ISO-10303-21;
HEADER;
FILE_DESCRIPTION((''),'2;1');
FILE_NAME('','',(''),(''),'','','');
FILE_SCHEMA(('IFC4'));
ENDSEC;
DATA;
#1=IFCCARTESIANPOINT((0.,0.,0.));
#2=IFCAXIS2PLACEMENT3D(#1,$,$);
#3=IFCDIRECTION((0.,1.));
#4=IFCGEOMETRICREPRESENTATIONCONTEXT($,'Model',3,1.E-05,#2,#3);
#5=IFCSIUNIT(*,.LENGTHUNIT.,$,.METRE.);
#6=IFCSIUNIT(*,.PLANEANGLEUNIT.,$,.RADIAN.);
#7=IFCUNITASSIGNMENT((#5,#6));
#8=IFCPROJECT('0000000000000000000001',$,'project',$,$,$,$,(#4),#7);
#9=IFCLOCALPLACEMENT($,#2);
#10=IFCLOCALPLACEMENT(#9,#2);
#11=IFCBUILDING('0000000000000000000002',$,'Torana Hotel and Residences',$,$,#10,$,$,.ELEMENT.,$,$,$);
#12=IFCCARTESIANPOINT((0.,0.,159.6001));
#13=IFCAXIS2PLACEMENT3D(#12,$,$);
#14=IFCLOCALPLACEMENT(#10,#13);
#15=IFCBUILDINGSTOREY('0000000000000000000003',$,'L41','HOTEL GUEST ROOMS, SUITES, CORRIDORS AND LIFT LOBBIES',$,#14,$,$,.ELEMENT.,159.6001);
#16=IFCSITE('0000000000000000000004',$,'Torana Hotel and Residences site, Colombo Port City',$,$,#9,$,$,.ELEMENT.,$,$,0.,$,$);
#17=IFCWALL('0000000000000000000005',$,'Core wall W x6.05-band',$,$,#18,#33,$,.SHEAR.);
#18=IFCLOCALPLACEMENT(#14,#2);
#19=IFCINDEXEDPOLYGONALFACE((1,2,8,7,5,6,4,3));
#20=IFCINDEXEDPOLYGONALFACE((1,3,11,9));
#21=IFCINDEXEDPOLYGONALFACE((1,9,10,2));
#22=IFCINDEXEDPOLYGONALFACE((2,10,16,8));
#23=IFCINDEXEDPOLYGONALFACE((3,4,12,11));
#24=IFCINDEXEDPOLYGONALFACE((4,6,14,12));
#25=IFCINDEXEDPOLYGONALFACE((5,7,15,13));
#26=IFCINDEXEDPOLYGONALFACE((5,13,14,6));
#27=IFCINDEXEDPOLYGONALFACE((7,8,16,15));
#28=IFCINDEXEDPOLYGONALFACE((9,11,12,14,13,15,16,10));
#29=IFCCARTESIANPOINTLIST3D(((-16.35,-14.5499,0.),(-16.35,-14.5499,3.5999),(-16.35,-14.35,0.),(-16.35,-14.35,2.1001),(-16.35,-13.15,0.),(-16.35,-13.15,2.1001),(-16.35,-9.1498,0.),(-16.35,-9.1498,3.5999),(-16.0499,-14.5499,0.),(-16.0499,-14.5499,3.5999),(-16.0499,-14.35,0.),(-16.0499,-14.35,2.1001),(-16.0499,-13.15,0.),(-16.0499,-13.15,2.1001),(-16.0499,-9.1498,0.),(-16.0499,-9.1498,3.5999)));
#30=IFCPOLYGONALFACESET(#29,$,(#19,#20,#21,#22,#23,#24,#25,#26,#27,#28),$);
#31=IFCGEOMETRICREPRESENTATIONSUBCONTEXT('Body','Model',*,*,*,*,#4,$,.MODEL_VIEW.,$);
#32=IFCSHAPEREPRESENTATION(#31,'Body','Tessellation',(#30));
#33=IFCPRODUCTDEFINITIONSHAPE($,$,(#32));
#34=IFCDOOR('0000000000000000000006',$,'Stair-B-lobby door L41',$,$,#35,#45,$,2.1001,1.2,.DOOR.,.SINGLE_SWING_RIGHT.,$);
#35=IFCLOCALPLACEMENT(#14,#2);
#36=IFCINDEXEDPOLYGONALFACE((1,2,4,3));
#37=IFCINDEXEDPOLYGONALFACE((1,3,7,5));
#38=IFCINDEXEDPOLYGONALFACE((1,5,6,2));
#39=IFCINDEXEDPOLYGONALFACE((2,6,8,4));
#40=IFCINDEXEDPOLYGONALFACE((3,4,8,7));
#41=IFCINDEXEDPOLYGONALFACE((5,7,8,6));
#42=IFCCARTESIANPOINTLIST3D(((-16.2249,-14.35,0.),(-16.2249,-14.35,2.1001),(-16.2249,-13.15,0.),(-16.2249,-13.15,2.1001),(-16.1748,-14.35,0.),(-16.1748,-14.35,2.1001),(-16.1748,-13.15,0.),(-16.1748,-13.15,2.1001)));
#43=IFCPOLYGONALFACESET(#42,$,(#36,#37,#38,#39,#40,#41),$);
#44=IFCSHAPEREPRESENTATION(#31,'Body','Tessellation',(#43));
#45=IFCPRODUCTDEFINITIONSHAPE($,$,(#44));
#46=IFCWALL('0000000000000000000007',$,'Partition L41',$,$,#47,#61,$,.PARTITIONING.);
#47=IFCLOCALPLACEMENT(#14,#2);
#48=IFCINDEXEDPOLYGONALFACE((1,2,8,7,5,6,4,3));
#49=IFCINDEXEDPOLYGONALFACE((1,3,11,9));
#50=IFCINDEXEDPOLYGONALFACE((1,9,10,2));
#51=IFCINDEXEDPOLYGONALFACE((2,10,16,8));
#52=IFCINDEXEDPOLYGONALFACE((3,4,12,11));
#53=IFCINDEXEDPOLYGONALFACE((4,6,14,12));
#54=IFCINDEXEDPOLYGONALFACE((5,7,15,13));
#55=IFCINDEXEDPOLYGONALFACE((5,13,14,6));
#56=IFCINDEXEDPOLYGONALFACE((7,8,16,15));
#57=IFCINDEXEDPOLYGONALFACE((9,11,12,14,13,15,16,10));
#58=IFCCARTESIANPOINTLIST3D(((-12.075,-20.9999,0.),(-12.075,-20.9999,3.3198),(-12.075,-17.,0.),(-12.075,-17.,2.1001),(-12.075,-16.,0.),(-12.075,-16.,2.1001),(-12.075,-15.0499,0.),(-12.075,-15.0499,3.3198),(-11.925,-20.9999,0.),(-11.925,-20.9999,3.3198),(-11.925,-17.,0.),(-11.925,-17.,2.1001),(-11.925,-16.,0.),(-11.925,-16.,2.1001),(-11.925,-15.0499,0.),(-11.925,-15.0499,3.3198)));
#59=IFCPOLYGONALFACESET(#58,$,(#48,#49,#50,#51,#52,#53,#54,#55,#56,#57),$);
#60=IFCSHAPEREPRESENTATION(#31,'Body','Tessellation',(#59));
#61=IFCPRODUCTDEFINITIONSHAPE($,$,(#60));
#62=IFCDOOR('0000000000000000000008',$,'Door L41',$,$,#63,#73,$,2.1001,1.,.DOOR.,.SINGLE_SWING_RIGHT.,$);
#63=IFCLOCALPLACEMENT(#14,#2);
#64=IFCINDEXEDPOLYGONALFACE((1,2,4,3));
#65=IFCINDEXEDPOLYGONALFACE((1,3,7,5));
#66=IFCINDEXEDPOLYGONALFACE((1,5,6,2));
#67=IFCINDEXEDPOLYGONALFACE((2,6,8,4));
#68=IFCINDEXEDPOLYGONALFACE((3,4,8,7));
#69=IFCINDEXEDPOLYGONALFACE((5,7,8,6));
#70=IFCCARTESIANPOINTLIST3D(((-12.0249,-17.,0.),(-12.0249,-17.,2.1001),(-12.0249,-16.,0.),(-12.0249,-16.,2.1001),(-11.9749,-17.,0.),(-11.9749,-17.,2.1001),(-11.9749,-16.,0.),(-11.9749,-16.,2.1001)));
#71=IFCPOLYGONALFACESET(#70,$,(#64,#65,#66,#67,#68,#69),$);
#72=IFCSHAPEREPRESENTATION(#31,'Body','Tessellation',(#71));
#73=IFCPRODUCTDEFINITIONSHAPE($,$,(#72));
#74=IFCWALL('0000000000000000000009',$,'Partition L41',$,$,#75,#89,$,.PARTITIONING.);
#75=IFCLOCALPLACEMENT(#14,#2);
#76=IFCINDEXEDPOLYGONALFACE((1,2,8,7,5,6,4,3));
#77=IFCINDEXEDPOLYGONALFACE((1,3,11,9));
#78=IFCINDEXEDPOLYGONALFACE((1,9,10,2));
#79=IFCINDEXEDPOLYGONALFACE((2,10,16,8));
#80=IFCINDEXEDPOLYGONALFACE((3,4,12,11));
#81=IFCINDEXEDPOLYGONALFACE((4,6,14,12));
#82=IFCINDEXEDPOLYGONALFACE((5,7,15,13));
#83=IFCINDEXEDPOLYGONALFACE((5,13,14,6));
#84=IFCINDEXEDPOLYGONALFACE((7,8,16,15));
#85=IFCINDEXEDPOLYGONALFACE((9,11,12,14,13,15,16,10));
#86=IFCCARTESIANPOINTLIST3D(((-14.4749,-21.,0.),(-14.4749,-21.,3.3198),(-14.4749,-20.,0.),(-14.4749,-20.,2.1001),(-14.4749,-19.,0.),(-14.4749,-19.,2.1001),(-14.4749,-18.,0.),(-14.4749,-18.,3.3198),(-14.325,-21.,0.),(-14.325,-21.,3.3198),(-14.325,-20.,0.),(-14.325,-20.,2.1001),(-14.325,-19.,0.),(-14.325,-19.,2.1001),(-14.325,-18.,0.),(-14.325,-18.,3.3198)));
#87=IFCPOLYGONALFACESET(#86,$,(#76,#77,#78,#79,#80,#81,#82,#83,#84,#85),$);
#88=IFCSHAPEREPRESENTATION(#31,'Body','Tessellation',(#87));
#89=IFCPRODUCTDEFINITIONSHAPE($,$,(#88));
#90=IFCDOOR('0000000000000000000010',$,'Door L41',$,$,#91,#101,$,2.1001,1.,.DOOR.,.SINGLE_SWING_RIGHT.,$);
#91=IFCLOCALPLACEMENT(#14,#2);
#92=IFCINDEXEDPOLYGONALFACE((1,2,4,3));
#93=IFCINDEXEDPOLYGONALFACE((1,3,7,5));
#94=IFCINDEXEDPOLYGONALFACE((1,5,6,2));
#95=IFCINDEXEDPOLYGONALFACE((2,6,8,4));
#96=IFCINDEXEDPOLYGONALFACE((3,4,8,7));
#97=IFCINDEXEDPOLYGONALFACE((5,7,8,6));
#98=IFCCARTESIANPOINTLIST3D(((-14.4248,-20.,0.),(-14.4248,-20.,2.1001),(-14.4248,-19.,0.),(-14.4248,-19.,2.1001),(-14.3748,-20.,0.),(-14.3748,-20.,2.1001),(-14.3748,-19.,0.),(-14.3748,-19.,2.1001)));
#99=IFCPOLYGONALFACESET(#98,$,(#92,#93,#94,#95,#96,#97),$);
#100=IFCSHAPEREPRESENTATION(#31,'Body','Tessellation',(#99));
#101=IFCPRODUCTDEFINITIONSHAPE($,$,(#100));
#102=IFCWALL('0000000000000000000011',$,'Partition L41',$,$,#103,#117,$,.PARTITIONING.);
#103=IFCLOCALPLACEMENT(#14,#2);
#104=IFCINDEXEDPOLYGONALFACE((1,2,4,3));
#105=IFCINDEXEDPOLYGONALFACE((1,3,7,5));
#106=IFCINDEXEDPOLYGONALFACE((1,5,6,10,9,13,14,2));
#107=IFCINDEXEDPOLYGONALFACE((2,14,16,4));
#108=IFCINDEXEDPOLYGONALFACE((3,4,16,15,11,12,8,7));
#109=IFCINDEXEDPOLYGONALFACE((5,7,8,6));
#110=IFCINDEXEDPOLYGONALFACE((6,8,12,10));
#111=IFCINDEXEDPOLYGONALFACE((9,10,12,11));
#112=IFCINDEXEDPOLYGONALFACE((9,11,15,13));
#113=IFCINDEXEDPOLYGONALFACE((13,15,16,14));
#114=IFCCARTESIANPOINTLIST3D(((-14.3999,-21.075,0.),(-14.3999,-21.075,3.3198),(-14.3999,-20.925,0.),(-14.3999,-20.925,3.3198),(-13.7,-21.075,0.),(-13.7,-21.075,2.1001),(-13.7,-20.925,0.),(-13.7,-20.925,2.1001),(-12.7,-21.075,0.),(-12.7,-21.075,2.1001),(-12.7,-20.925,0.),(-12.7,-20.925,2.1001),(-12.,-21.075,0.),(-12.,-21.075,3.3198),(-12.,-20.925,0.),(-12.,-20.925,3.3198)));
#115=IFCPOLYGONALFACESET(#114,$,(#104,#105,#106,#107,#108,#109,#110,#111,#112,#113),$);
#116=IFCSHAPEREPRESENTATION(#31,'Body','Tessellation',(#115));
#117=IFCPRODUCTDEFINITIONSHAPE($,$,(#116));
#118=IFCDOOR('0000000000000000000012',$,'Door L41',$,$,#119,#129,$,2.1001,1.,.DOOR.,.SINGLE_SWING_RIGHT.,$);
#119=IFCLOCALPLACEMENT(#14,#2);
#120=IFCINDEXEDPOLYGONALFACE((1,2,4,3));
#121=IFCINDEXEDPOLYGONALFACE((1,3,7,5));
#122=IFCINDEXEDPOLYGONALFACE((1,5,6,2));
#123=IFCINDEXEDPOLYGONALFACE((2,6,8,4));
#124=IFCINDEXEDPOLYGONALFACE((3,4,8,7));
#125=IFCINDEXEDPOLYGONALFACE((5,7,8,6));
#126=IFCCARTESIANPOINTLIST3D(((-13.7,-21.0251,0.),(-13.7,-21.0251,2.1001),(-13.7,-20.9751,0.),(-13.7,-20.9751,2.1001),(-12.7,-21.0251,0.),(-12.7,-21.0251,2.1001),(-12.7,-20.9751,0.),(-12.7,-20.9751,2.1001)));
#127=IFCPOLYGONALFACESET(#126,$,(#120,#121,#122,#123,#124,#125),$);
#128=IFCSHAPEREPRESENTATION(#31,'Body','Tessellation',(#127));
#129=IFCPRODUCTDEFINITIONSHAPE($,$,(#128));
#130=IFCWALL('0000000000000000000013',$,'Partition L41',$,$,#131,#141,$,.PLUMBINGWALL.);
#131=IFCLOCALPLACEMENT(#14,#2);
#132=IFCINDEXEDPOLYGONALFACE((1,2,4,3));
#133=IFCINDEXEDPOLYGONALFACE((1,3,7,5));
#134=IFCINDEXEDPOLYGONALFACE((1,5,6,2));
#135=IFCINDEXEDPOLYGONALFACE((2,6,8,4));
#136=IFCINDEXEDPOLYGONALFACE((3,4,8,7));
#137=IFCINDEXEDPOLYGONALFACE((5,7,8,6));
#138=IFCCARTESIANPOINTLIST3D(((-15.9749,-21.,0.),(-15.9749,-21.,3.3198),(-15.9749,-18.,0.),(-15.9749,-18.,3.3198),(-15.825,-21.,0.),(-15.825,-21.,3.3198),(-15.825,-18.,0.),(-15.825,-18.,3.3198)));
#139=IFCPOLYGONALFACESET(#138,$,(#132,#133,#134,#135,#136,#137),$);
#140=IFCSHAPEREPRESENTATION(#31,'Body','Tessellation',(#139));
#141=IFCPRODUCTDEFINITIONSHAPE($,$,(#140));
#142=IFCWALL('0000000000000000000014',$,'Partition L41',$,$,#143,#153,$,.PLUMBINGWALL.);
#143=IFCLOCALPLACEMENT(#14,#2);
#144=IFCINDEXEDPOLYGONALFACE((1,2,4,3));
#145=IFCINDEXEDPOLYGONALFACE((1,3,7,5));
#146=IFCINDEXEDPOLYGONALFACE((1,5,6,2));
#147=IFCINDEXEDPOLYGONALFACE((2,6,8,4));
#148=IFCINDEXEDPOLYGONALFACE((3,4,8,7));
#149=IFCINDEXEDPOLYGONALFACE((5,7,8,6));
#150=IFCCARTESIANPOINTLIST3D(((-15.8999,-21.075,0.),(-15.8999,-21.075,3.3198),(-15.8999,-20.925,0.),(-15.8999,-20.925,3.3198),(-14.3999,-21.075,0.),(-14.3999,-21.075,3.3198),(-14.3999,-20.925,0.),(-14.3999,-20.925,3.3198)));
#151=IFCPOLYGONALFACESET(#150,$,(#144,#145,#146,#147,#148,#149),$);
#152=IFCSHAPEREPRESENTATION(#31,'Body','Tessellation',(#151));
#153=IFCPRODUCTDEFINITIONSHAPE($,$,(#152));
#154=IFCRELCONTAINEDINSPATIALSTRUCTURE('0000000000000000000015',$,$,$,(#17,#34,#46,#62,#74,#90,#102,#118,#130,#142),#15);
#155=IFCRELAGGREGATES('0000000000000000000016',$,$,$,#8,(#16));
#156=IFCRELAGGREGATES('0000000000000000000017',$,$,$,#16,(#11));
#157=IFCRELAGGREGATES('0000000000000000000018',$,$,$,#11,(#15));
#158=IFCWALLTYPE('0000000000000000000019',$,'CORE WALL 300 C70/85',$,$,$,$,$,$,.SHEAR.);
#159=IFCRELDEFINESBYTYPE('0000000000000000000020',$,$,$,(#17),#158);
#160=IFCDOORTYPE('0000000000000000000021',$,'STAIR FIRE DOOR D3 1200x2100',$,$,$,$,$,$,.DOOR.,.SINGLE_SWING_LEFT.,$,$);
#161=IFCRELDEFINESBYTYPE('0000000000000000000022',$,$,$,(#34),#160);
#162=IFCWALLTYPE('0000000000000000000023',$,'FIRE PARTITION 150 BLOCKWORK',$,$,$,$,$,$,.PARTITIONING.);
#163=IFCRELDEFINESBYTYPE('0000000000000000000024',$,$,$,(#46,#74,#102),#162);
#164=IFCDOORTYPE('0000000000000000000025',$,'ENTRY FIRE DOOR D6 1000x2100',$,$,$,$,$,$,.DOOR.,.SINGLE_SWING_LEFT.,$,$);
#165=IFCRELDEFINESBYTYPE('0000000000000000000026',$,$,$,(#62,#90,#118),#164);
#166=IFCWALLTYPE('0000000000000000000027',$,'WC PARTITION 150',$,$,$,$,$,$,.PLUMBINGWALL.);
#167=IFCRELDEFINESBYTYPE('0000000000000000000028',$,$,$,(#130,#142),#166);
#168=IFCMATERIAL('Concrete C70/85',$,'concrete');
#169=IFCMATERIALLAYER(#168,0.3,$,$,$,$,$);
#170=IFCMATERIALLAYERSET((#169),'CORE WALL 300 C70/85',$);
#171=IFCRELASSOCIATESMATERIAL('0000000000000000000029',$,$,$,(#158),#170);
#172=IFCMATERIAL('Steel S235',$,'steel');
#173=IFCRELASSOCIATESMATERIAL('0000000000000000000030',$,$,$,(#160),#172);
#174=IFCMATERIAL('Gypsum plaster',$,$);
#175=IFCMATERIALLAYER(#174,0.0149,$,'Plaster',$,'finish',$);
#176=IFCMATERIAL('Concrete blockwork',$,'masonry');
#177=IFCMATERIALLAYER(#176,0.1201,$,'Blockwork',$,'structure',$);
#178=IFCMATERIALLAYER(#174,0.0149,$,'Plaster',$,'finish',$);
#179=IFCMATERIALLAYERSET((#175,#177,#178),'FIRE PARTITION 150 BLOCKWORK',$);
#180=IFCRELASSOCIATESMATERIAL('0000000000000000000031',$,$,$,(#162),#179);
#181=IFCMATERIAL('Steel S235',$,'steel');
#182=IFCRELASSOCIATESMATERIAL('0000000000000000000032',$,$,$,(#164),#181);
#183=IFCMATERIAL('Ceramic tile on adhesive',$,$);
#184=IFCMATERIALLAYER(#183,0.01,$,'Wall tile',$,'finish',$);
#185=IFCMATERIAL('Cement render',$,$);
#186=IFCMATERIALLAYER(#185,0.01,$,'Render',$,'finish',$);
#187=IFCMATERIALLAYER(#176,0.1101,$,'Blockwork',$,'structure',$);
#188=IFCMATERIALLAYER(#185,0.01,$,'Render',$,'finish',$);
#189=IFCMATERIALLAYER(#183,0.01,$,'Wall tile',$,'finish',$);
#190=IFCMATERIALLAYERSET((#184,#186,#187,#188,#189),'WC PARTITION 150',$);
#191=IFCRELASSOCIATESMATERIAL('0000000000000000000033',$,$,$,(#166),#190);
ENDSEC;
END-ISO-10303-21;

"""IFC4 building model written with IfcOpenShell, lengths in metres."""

from ifc_helpers import new_model, si_unit, direction, frame, frame_2d, origin, place, context, subcontext, project, spatial, rectangle, extrude, material, layer, layer_set, type_object, element, fill, save


model = new_model("IFC4")

# Units and contexts
model_context = context("Model", 3, precision=1e-05, world=origin(), true_north=direction((0.0, 1.0)))
body_context = subcontext(model_context, "Body", "Model", "MODEL_VIEW")
ifc_project = project(units=[si_unit("LENGTHUNIT", "METRE"), si_unit("PLANEANGLEUNIT", "RADIAN")], contexts=[model_context])

# Site, building, storey
site_placement = place(None, origin())
site = spatial("IfcSite", under=ifc_project, at=site_placement, Name="Torana Hotel and Residences site, Colombo Port City", CompositionType="ELEMENT", RefElevation=0.0)
building_placement = place(site_placement, origin())
building = spatial("IfcBuilding", under=site, at=building_placement, Name="Torana Hotel and Residences", CompositionType="ELEMENT")
storey_placement = place(building_placement, frame((0.0, 0.0, 159.6001)))
storey = spatial("IfcBuildingStorey", under=building, at=storey_placement, Name="L41", Description="HOTEL GUEST ROOMS, SUITES, CORRIDORS AND LIFT LOBBIES", CompositionType="ELEMENT", Elevation=159.6001)

# Walls, openings, doors
ifc_material_1 = material(Name="Concrete C70/85", Category="concrete")
ifc_layer_1 = layer(ifc_material_1, 0.3)
ifc_layer_set_1 = layer_set([ifc_layer_1], Name="CORE WALL 300 C70/85")
wall_type_1 = type_object("IfcWallType", Name="CORE WALL 300 C70/85", PredefinedType="SHEAR", material=ifc_layer_set_1)
ifc_material_2 = material(Name="Steel S235", Category="steel")
door_type_1 = type_object("IfcDoorType", Name="STAIR FIRE DOOR D3 1200x2100", OperationType="SINGLE_SWING_LEFT", PredefinedType="DOOR", material=ifc_material_2)
wall_1_placement = place(storey_placement, frame((-16.2, -14.55, 0.0), z_axis=(0.0, 0.0, 1.0), x_axis=(0.0, 1.0, 0.0)))
wall_1 = element("IfcWall", 1, at=wall_1_placement, inside=storey, type_object=wall_type_1, Name="Core wall W x6.05-band", PredefinedType="SHEAR", context=body_context, shape_type="SweptSolid", body=[
    extrude(rectangle(XDim=5.4001, YDim=0.3, at=frame_2d((2.7002, 0.0))), origin(), (0.0, 0.0, 1.0), 3.5999),
])
opening_1_placement = place(wall_1_placement, frame((0.2, 0.0, 0.0)))
opening_1 = element("IfcOpeningElement", 2, at=opening_1_placement, cuts=wall_1, PredefinedType="OPENING", context=body_context, shape_type="SweptSolid", body=[
    extrude(rectangle(XDim=1.2, YDim=2.1001, at=frame_2d((0.6001, 1.05))), frame((0.0, 0.1599, 0.0), z_axis=(0.0, -1.0, 0.0), x_axis=(1.0, 0.0, 0.0)), (0.0, 0.0, 1.0), 0.3201),
])
door_1_placement = place(opening_1_placement, origin())
door_1 = element("IfcDoor", 3, at=door_1_placement, inside=storey, type_object=door_type_1, Name="Stair-B-lobby door L41", OperationType="SINGLE_SWING_RIGHT", OverallHeight=2.1001, OverallWidth=1.2, PredefinedType="DOOR", context=body_context, shape_type="SweptSolid", body=[
    extrude(rectangle(XDim=1.2, YDim=2.1001, at=frame_2d((0.6001, 1.05))), frame((0.0, 0.0249, 0.0), z_axis=(0.0, -1.0, 0.0), x_axis=(1.0, 0.0, 0.0)), (0.0, 0.0, 1.0), 0.05),
])
fill(opening_1, door_1)
ifc_material_3 = material(Name="Gypsum plaster")
ifc_layer_2 = layer(ifc_material_3, 0.0149, Name="Plaster", Category="finish")
ifc_material_4 = material(Name="Concrete blockwork", Category="masonry")
ifc_layer_3 = layer(ifc_material_4, 0.1201, Name="Blockwork", Category="structure")
ifc_layer_4 = layer(ifc_material_3, 0.0149, Name="Plaster", Category="finish")
ifc_layer_set_2 = layer_set([ifc_layer_2, ifc_layer_3, ifc_layer_4], Name="FIRE PARTITION 150 BLOCKWORK")
wall_type_2 = type_object("IfcWallType", Name="FIRE PARTITION 150 BLOCKWORK", PredefinedType="PARTITIONING", material=ifc_layer_set_2)
wall_2_placement = place(storey_placement, frame((-12.0, -21.0, 0.0), z_axis=(0.0, 0.0, 1.0), x_axis=(0.0, 1.0, 0.0)))
wall_2 = element("IfcWall", 4, at=wall_2_placement, inside=storey, type_object=wall_type_2, Name="Partition L41", PredefinedType="PARTITIONING", context=body_context, shape_type="SweptSolid", body=[
    extrude(rectangle(XDim=5.95, YDim=0.1499, at=frame_2d((2.9751, 0.0))), origin(), (0.0, 0.0, 1.0), 3.3198),
])
opening_2_placement = place(wall_2_placement, frame((4.0, 0.0, 0.0)))
opening_2 = element("IfcOpeningElement", 5, at=opening_2_placement, cuts=wall_2, PredefinedType="OPENING", context=body_context, shape_type="SweptSolid", body=[
    extrude(rectangle(XDim=1.0, YDim=2.1001, at=frame_2d((0.5, 1.05))), frame((0.0, 0.085, 0.0), z_axis=(0.0, -1.0, 0.0), x_axis=(1.0, 0.0, 0.0)), (0.0, 0.0, 1.0), 0.1699),
])
ifc_material_5 = material(Name="Steel S235", Category="steel")
door_type_2 = type_object("IfcDoorType", Name="ENTRY FIRE DOOR D6 1000x2100", OperationType="SINGLE_SWING_LEFT", PredefinedType="DOOR", material=ifc_material_5)
door_2_placement = place(opening_2_placement, origin())
door_2 = element("IfcDoor", 6, at=door_2_placement, inside=storey, type_object=door_type_2, Name="Door L41", OperationType="SINGLE_SWING_RIGHT", OverallHeight=2.1001, OverallWidth=1.0, PredefinedType="DOOR", context=body_context, shape_type="SweptSolid", body=[
    extrude(rectangle(XDim=1.0, YDim=2.1001, at=frame_2d((0.5, 1.05))), frame((0.0, 0.0249, 0.0), z_axis=(0.0, -1.0, 0.0), x_axis=(1.0, 0.0, 0.0)), (0.0, 0.0, 1.0), 0.05),
])
fill(opening_2, door_2)
wall_3_placement = place(storey_placement, frame((-14.3999, -21.0, 0.0), z_axis=(0.0, 0.0, 1.0), x_axis=(0.0, 1.0, 0.0)))
wall_3 = element("IfcWall", 7, at=wall_3_placement, inside=storey, type_object=wall_type_2, Name="Partition L41", PredefinedType="PARTITIONING", context=body_context, shape_type="SweptSolid", body=[
    extrude(rectangle(XDim=3.0, YDim=0.1499, at=frame_2d((1.5, 0.0))), origin(), (0.0, 0.0, 1.0), 3.3198),
])
opening_3_placement = place(wall_3_placement, frame((1.0, 0.0, 0.0)))
opening_3 = element("IfcOpeningElement", 8, at=opening_3_placement, cuts=wall_3, PredefinedType="OPENING", context=body_context, shape_type="SweptSolid", body=[
    extrude(rectangle(XDim=1.0, YDim=2.1001, at=frame_2d((0.5, 1.05))), frame((0.0, 0.085, 0.0), z_axis=(0.0, -1.0, 0.0), x_axis=(1.0, 0.0, 0.0)), (0.0, 0.0, 1.0), 0.1699),
])
door_3_placement = place(opening_3_placement, origin())
door_3 = element("IfcDoor", 9, at=door_3_placement, inside=storey, type_object=door_type_2, Name="Door L41", OperationType="SINGLE_SWING_RIGHT", OverallHeight=2.1001, OverallWidth=1.0, PredefinedType="DOOR", context=body_context, shape_type="SweptSolid", body=[
    extrude(rectangle(XDim=1.0, YDim=2.1001, at=frame_2d((0.5, 1.05))), frame((0.0, 0.0249, 0.0), z_axis=(0.0, -1.0, 0.0), x_axis=(1.0, 0.0, 0.0)), (0.0, 0.0, 1.0), 0.05),
])
fill(opening_3, door_3)
wall_4_placement = place(storey_placement, frame((-14.3999, -21.0, 0.0), z_axis=(0.0, 0.0, 1.0), x_axis=(1.0, 0.0, 0.0)))
wall_4 = element("IfcWall", 10, at=wall_4_placement, inside=storey, type_object=wall_type_2, Name="Partition L41", PredefinedType="PARTITIONING", context=body_context, shape_type="SweptSolid", body=[
    extrude(rectangle(XDim=2.3999, YDim=0.1499, at=frame_2d((1.2, 0.0))), origin(), (0.0, 0.0, 1.0), 3.3198),
])
opening_4_placement = place(wall_4_placement, frame((0.7, 0.0, 0.0)))
opening_4 = element("IfcOpeningElement", 11, at=opening_4_placement, cuts=wall_4, PredefinedType="OPENING", context=body_context, shape_type="SweptSolid", body=[
    extrude(rectangle(XDim=1.0, YDim=2.1001, at=frame_2d((0.5, 1.05))), frame((0.0, 0.085, 0.0), z_axis=(0.0, -1.0, 0.0), x_axis=(1.0, 0.0, 0.0)), (0.0, 0.0, 1.0), 0.1699),
])
door_4_placement = place(opening_4_placement, frame((0.5, 0.0, 0.0), z_axis=(0.0, 0.0, 1.0), x_axis=(-1.0, 0.0, 0.0)))
door_4 = element("IfcDoor", 12, at=door_4_placement, inside=storey, type_object=door_type_2, Name="Door L41", OperationType="SINGLE_SWING_RIGHT", OverallHeight=2.1001, OverallWidth=1.0, PredefinedType="DOOR", context=body_context, shape_type="SweptSolid", body=[
    extrude(rectangle(XDim=1.0, YDim=2.1001, at=frame_2d((0.0, 1.05))), frame((0.0, -0.0249, 0.0), z_axis=(0.0, 1.0, 0.0), x_axis=(-1.0, 0.0, 0.0)), (0.0, 0.0, 1.0), 0.05),
])
fill(opening_4, door_4)

# Walls
ifc_material_6 = material(Name="Ceramic tile on adhesive")
ifc_layer_5 = layer(ifc_material_6, 0.01, Name="Wall tile", Category="finish")
ifc_material_7 = material(Name="Cement render")
ifc_layer_6 = layer(ifc_material_7, 0.01, Name="Render", Category="finish")
ifc_layer_7 = layer(ifc_material_4, 0.1101, Name="Blockwork", Category="structure")
ifc_layer_8 = layer(ifc_material_7, 0.01, Name="Render", Category="finish")
ifc_layer_9 = layer(ifc_material_6, 0.01, Name="Wall tile", Category="finish")
ifc_layer_set_3 = layer_set([ifc_layer_5, ifc_layer_6, ifc_layer_7, ifc_layer_8, ifc_layer_9], Name="WC PARTITION 150")
wall_type_3 = type_object("IfcWallType", Name="WC PARTITION 150", PredefinedType="PLUMBINGWALL", material=ifc_layer_set_3)
wall_5_placement = place(storey_placement, frame((-15.8999, -21.0, 0.0), z_axis=(0.0, 0.0, 1.0), x_axis=(0.0, 1.0, 0.0)))
element("IfcWall", 13, at=wall_5_placement, inside=storey, type_object=wall_type_3, Name="Partition L41", PredefinedType="PLUMBINGWALL", context=body_context, shape_type="SweptSolid", body=[
    extrude(rectangle(XDim=3.0, YDim=0.1499, at=frame_2d((1.5, 0.0))), origin(), (0.0, 0.0, 1.0), 3.3198),
])
wall_6_placement = place(storey_placement, frame((-15.8999, -21.0, 0.0), z_axis=(0.0, 0.0, 1.0), x_axis=(1.0, 0.0, 0.0)))
element("IfcWall", 14, at=wall_6_placement, inside=storey, type_object=wall_type_3, Name="Partition L41", PredefinedType="PLUMBINGWALL", context=body_context, shape_type="SweptSolid", body=[
    extrude(rectangle(XDim=1.5, YDim=0.1499, at=frame_2d((0.75, 0.0))), origin(), (0.0, 0.0, 1.0), 3.3198),
])

save(model, "model.ifc")
